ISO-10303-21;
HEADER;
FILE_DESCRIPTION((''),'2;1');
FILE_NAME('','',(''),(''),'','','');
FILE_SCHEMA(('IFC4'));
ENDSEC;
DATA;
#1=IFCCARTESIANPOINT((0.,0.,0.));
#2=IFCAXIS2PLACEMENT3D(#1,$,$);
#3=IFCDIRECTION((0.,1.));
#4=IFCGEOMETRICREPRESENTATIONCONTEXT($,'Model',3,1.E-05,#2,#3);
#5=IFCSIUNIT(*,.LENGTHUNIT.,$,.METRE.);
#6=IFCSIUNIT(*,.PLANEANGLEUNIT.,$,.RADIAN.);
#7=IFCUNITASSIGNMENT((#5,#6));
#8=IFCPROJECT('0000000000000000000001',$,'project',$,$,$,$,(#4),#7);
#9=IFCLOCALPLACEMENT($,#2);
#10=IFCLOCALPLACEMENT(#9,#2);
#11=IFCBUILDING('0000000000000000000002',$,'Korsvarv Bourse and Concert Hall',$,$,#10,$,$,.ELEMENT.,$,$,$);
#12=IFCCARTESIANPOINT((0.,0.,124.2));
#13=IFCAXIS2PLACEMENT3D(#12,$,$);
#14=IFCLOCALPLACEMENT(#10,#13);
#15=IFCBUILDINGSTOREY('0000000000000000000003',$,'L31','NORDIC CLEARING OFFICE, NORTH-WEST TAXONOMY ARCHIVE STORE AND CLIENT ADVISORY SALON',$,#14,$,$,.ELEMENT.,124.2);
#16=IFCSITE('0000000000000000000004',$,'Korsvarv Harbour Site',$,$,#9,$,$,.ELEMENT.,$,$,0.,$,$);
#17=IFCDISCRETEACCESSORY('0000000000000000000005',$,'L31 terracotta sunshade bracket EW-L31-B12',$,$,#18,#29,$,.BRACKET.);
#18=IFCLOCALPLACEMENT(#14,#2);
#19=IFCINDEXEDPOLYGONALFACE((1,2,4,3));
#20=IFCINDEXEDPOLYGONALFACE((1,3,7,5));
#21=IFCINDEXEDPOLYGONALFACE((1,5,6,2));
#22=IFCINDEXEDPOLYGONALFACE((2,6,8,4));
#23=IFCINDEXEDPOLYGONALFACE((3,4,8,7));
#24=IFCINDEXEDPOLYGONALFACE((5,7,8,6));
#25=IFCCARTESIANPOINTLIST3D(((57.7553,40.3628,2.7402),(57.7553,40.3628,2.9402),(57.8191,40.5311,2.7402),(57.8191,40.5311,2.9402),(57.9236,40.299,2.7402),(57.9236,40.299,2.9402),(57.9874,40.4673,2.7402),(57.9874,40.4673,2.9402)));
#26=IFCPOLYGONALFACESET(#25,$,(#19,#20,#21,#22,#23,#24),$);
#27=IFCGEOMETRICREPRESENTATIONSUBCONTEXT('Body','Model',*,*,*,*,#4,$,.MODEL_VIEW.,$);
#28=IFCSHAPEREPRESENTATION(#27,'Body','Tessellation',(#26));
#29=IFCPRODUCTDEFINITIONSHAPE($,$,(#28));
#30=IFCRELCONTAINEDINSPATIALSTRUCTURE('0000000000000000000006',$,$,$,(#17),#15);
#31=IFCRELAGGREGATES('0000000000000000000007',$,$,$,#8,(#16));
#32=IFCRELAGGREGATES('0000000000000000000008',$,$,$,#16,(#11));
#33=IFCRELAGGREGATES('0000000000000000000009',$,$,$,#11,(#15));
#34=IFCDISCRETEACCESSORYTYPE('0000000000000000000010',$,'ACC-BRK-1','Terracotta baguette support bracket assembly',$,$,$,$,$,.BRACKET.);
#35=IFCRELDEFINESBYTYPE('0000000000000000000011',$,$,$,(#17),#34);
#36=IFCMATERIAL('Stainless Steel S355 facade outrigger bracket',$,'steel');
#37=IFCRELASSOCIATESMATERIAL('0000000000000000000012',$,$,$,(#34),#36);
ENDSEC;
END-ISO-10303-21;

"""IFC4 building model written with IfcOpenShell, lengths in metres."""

from ifc_helpers import new_model, si_unit, direction, frame, origin, origin_2d, place, context, subcontext, project, spatial, rectangle, extrude, source, transform, mapped, material, type_object, element, save


model = new_model("IFC4")

# Units and contexts
model_context = context("Model", 3, precision=1e-05, world=origin(), true_north=direction((0.0, 1.0)))
body_context = subcontext(model_context, "Body", "Model", "MODEL_VIEW")
ifc_project = project(units=[si_unit("LENGTHUNIT", "METRE"), si_unit("PLANEANGLEUNIT", "RADIAN")], contexts=[model_context])

# Site, building, storey
site_placement = place(None, origin())
site = spatial("IfcSite", under=ifc_project, at=site_placement, Name="Korsvarv Harbour Site", CompositionType="ELEMENT", RefElevation=0.0)
building_placement = place(site_placement, origin())
building = spatial("IfcBuilding", under=site, at=building_placement, Name="Korsvarv Bourse and Concert Hall", CompositionType="ELEMENT")
storey_placement = place(building_placement, frame((0.0, 0.0, 124.2)))
storey = spatial("IfcBuildingStorey", under=building, at=storey_placement, Name="L31", Description="NORDIC CLEARING OFFICE, NORTH-WEST TAXONOMY ARCHIVE STORE AND CLIENT ADVISORY SALON", CompositionType="ELEMENT", Elevation=124.2)

# Discrete accessory
ifc_material_1 = material(Name="Stainless Steel S355 facade outrigger bracket", Category="steel")
discrete_accessory_type = type_object("IfcDiscreteAccessoryType", Name="ACC-BRK-1", Description="Terracotta baguette support bracket assembly", PredefinedType="BRACKET", material=ifc_material_1)
shared_shape_1 = source(origin(), body_context, "Body", "SweptSolid", [
    extrude(rectangle(XDim=0.1799, YDim=0.1799, at=origin_2d()), origin(), (0.0, 0.0, 1.0), 0.2),
])
for number, where, z_axis, x_axis, name in (
    (1, (57.8713, 40.415, 2.7402), (0.0, 0.0, 1.0), (0.354454, 0.935073, 0.0), "L31 terracotta sunshade bracket EW-L31-B12"),
):
    element("IfcDiscreteAccessory", number, at=place(storey_placement, frame(where, z_axis=z_axis, x_axis=x_axis)), inside=storey, type_object=discrete_accessory_type, Name=name, PredefinedType="BRACKET", context=body_context, shape_type="MappedRepresentation", body=[
        mapped(shared_shape_1, transform((0.0, 0.0, 0.0), scale=1.0)),
    ])

save(model, "model.ifc")
